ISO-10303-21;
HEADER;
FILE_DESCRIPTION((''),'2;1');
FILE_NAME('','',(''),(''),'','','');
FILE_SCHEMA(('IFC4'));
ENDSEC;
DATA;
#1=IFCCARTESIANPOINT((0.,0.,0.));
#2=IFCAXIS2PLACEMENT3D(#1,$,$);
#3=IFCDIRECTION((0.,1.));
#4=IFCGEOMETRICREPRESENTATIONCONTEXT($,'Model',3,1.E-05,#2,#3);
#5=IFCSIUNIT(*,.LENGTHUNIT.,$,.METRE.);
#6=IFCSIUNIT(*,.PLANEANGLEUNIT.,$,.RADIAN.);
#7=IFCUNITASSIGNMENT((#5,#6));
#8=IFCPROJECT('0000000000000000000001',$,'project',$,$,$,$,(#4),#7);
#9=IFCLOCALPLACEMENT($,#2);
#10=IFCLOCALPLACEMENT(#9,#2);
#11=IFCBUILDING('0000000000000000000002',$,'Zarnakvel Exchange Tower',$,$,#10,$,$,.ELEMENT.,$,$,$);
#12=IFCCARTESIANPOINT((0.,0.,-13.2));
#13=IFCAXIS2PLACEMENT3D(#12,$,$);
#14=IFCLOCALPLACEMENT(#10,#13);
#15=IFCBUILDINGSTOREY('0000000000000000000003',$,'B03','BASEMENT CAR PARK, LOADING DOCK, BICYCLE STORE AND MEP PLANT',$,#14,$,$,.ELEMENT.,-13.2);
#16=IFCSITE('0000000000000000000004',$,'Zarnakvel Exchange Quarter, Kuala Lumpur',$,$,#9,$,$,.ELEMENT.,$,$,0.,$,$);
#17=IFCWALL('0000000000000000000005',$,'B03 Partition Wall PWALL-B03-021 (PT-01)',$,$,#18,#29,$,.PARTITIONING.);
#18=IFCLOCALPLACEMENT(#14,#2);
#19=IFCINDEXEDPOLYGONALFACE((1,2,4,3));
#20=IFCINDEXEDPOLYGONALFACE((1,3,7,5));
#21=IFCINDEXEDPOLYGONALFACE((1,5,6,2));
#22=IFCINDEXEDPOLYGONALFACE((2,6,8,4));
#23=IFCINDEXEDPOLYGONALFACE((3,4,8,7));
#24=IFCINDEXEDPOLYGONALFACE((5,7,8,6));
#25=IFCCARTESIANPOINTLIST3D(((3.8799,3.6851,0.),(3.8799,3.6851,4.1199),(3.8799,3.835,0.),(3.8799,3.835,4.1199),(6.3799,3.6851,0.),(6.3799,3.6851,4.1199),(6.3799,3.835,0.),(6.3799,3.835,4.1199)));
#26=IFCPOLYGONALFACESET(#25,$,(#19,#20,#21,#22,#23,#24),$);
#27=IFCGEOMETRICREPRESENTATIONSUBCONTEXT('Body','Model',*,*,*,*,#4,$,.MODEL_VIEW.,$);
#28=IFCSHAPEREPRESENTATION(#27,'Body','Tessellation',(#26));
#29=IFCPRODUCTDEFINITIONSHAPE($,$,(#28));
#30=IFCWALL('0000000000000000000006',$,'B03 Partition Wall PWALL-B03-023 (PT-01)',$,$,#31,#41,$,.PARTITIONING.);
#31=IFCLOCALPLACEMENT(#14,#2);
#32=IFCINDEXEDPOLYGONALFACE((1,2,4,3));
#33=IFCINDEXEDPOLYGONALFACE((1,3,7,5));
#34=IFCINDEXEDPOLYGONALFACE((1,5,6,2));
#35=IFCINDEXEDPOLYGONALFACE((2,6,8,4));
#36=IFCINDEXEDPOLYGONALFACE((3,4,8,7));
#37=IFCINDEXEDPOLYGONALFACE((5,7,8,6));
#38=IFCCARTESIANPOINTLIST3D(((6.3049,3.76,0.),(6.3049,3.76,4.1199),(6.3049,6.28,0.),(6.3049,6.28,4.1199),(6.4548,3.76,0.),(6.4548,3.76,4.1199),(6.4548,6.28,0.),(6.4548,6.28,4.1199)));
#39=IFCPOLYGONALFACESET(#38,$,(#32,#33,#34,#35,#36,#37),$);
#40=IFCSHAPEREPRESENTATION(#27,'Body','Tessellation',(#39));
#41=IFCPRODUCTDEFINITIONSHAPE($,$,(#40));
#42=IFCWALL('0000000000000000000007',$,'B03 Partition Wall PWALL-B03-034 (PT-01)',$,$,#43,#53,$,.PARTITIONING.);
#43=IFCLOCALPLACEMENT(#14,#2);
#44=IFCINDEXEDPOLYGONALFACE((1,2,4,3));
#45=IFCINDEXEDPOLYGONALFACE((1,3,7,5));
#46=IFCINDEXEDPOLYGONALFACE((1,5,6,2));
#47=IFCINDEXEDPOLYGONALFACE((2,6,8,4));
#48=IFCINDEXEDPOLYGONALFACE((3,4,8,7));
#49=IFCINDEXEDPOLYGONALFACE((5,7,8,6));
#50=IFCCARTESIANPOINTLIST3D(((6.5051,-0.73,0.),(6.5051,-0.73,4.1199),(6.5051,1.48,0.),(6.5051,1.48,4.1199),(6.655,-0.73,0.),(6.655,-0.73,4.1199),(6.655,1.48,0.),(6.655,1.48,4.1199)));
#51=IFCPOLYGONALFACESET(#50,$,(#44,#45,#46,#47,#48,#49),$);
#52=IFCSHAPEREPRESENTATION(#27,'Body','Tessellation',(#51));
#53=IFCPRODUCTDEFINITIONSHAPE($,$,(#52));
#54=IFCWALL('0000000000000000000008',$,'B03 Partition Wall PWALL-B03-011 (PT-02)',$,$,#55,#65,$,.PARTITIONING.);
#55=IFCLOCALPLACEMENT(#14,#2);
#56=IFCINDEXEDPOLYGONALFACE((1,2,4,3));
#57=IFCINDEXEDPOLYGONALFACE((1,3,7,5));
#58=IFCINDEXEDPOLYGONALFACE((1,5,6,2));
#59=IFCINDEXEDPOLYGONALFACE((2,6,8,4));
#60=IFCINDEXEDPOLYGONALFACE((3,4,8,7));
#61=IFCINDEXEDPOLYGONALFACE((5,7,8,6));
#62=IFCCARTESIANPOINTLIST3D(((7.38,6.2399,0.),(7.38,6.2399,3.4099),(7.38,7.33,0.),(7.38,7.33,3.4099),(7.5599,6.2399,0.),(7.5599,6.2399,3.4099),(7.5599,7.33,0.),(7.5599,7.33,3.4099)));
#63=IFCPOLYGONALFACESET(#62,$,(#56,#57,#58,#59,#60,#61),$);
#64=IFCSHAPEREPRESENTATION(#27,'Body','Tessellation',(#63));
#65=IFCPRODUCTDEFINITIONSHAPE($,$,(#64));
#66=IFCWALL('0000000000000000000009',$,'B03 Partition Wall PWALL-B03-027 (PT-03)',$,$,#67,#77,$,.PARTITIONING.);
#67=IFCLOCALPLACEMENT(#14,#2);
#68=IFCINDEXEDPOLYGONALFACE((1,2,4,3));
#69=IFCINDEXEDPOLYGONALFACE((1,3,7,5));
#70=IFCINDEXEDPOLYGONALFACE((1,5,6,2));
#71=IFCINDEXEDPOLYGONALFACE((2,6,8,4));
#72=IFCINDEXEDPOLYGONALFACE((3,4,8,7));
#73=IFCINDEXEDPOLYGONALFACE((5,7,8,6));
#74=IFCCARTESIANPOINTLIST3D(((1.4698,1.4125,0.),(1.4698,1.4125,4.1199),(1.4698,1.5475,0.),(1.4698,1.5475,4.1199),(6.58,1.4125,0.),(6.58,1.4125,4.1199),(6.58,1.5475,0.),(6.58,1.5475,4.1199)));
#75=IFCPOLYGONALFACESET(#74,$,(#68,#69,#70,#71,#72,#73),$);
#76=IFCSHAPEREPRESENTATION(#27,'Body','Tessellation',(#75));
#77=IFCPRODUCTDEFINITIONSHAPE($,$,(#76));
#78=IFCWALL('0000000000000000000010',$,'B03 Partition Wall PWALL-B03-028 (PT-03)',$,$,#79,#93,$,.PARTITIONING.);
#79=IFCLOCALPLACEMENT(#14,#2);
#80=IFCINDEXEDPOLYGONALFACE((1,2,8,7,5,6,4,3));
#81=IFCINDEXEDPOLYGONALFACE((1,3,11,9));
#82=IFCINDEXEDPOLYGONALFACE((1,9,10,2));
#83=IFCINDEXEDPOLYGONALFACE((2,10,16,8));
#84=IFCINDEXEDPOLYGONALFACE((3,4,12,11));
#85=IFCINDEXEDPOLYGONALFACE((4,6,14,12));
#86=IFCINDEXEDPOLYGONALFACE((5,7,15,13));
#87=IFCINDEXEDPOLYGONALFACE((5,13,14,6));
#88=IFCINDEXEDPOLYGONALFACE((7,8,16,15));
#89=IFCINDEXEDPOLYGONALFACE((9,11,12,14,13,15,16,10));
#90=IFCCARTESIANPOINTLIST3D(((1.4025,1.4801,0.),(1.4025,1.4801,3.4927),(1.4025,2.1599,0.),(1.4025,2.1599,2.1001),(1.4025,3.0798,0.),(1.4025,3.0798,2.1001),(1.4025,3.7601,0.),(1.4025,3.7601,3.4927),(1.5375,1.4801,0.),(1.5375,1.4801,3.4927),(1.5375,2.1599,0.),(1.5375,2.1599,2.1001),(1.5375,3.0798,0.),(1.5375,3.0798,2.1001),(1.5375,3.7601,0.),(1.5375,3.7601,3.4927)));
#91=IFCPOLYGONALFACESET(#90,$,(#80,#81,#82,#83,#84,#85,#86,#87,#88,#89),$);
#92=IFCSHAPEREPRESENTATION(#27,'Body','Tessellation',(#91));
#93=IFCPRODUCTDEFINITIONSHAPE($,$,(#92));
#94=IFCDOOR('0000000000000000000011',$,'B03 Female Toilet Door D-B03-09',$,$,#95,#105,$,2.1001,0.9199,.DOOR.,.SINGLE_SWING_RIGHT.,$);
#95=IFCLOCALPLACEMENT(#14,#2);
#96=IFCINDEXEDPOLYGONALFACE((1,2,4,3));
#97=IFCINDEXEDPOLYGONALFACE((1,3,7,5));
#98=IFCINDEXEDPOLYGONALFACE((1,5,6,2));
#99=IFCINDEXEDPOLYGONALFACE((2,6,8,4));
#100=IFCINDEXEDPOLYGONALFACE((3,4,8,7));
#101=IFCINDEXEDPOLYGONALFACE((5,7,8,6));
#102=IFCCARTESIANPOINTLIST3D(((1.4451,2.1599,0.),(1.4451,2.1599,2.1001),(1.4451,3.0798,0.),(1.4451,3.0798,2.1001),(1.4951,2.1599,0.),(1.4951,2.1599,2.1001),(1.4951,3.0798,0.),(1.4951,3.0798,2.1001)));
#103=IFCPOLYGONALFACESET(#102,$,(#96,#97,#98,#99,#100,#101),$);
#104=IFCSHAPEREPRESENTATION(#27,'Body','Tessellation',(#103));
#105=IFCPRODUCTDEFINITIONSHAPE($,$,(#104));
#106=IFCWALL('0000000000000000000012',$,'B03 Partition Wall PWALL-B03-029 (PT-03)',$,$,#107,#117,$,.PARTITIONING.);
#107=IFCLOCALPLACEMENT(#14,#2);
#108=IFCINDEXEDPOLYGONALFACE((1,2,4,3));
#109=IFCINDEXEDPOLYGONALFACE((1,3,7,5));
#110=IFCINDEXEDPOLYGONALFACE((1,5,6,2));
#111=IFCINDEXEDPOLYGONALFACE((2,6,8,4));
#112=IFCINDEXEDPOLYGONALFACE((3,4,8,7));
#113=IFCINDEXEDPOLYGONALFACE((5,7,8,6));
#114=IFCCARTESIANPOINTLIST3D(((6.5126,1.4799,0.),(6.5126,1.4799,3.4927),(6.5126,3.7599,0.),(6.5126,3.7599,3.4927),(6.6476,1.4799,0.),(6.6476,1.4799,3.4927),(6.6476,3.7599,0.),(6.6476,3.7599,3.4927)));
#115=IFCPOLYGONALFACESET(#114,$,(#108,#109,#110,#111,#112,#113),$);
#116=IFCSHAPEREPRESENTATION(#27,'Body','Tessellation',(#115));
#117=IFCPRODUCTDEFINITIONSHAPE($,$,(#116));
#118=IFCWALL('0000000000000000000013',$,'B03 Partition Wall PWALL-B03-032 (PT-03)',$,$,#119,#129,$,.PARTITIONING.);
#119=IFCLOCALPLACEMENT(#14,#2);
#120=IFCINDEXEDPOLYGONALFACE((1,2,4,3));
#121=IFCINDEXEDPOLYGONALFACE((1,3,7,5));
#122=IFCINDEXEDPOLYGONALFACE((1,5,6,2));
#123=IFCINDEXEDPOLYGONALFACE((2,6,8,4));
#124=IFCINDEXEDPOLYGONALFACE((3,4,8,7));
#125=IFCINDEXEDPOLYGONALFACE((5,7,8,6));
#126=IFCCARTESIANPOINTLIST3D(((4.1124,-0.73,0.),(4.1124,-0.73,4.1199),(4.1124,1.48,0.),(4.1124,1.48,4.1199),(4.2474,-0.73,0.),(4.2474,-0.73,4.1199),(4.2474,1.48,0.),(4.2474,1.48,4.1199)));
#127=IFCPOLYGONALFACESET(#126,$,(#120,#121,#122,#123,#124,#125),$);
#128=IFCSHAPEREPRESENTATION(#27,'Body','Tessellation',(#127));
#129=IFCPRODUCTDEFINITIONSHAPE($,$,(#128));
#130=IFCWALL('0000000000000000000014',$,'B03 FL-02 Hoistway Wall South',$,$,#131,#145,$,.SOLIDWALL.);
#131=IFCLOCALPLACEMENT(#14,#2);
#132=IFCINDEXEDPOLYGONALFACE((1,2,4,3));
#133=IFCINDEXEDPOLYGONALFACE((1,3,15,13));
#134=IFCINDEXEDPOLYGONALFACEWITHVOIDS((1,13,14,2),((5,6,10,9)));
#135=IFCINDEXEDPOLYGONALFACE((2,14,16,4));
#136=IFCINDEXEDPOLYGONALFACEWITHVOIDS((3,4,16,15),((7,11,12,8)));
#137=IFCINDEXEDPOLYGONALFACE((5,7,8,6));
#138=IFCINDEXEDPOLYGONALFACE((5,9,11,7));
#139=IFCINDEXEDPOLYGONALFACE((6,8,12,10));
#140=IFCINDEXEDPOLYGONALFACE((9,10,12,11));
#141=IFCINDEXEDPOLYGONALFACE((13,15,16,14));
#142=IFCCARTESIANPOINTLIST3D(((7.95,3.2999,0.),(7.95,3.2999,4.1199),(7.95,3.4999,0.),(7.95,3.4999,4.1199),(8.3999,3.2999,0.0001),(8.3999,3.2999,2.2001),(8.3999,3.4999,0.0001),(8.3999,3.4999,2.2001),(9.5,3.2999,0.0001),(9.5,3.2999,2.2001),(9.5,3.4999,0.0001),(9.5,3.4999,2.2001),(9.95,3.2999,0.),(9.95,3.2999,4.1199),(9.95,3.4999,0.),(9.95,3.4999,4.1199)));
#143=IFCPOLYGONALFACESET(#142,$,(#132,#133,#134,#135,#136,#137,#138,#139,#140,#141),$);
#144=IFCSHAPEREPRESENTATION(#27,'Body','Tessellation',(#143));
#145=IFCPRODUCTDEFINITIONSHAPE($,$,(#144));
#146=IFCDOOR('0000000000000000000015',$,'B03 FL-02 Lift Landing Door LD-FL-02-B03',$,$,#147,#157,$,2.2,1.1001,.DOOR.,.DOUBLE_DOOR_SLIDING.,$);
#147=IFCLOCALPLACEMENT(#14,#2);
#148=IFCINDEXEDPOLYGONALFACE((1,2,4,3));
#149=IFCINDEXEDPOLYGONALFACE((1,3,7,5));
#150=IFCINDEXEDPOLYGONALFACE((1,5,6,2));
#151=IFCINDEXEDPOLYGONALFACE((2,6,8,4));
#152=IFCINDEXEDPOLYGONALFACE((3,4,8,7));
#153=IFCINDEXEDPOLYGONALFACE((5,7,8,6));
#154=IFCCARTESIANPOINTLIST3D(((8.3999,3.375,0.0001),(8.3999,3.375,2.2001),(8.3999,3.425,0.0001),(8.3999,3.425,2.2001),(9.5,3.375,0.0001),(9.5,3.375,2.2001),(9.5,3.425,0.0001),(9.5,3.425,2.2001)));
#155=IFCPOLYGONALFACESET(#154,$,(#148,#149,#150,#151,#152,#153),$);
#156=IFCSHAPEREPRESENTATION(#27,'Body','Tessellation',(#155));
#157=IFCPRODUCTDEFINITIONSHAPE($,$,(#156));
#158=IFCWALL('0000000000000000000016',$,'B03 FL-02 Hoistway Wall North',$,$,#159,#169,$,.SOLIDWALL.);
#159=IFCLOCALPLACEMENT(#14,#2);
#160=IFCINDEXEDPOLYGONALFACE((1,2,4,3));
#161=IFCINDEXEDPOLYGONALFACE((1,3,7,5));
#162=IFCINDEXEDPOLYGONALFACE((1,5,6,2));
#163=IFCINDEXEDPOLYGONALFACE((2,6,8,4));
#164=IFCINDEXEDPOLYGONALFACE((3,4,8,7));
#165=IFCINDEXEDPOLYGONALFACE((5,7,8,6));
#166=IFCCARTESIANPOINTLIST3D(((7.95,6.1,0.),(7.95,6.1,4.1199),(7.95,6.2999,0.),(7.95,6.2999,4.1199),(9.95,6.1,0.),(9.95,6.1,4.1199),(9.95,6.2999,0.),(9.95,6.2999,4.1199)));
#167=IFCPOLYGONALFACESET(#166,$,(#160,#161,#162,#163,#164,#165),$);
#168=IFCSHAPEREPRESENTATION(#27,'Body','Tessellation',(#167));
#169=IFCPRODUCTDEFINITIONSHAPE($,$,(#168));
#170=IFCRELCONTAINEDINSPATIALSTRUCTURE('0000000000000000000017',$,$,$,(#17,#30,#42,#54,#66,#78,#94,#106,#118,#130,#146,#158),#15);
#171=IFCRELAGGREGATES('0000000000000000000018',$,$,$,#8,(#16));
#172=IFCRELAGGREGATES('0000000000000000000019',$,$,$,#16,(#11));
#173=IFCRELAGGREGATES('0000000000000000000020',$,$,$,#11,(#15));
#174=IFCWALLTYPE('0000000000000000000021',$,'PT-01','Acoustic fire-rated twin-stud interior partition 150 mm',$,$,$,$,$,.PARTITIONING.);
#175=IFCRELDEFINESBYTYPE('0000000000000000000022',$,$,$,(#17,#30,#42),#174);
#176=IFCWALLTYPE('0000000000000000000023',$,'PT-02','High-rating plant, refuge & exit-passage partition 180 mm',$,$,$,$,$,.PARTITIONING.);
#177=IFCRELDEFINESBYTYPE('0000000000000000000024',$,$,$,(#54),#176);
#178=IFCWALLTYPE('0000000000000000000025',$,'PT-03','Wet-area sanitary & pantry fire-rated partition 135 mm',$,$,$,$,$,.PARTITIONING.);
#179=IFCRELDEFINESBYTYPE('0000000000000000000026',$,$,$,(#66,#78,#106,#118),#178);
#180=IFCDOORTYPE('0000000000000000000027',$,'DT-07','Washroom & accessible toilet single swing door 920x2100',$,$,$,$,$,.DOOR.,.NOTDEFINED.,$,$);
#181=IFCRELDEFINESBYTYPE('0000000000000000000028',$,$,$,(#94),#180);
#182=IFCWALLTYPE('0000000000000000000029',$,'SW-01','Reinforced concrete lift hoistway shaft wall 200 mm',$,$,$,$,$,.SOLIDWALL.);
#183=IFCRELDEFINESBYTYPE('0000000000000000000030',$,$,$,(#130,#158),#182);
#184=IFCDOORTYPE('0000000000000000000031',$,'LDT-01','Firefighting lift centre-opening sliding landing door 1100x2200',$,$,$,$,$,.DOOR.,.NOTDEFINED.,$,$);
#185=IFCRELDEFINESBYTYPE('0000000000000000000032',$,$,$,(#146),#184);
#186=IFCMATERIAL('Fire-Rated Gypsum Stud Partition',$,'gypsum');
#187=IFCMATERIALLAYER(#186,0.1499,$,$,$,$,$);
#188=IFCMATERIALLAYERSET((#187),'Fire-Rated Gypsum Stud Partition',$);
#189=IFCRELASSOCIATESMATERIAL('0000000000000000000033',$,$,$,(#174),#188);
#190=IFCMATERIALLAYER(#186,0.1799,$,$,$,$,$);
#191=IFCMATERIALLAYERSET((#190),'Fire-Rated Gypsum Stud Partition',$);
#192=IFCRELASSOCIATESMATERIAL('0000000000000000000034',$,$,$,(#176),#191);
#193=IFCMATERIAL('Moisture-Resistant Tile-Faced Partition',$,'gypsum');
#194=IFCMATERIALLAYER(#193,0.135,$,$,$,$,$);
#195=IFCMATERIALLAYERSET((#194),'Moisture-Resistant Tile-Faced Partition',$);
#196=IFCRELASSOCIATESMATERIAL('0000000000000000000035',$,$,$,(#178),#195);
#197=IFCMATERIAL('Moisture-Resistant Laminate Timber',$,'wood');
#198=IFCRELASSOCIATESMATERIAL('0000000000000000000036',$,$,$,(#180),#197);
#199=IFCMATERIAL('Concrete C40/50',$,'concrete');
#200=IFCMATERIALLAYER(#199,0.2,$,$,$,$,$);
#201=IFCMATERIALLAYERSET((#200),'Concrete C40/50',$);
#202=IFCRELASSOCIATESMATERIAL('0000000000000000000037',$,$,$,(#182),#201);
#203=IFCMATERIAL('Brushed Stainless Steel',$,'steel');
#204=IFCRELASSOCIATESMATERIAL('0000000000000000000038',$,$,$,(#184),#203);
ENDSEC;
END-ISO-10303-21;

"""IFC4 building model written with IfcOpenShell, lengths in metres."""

from ifc_helpers import new_model, si_unit, direction, frame, frame_2d, origin, place, context, subcontext, project, spatial, rectangle, extrude, source, transform, mapped, material, layer, layer_set, type_object, element, fill, save


model = new_model("IFC4")

# Units and contexts
model_context = context("Model", 3, precision=1e-05, world=origin(), true_north=direction((0.0, 1.0)))
body_context = subcontext(model_context, "Body", "Model", "MODEL_VIEW")
ifc_project = project(units=[si_unit("LENGTHUNIT", "METRE"), si_unit("PLANEANGLEUNIT", "RADIAN")], contexts=[model_context])

# Site, building, storey
site_placement = place(None, origin())
site = spatial("IfcSite", under=ifc_project, at=site_placement, Name="Zarnakvel Exchange Quarter, Kuala Lumpur", CompositionType="ELEMENT", RefElevation=0.0)
building_placement = place(site_placement, origin())
building = spatial("IfcBuilding", under=site, at=building_placement, Name="Zarnakvel Exchange Tower", CompositionType="ELEMENT")
storey_placement = place(building_placement, frame((0.0, 0.0, -13.2)))
storey = spatial("IfcBuildingStorey", under=building, at=storey_placement, Name="B03", Description="BASEMENT CAR PARK, LOADING DOCK, BICYCLE STORE AND MEP PLANT", CompositionType="ELEMENT", Elevation=-13.2)

# Shared definitions
ifc_material_1 = material(Name="Fire-Rated Gypsum Stud Partition", Category="gypsum")
ifc_layer_1 = layer(ifc_material_1, 0.1499)
ifc_layer_set_1 = layer_set([ifc_layer_1], Name="Fire-Rated Gypsum Stud Partition")
wall_type_1 = type_object("IfcWallType", Name="PT-01", Description="Acoustic fire-rated twin-stud interior partition 150 mm", PredefinedType="PARTITIONING", material=ifc_layer_set_1)

# Wall
wall_1_placement = place(storey_placement, frame((6.3799, 3.76, 0.0), z_axis=(0.0, 0.0, 1.0), x_axis=(-1.0, 0.0, 0.0)))
element("IfcWall", 1, at=wall_1_placement, inside=storey, type_object=wall_type_1, Name="B03 Partition Wall PWALL-B03-021 (PT-01)", PredefinedType="PARTITIONING", context=body_context, shape_type="SweptSolid", body=[
    extrude(rectangle(XDim=2.5, YDim=0.1499, at=frame_2d((1.25, 0.0))), origin(), (0.0, 0.0, 1.0), 4.1199),
])

# Walls
wall_2_placement = place(storey_placement, frame((6.3799, 6.28, 0.0), z_axis=(0.0, 0.0, 1.0), x_axis=(0.0, -1.0, 0.0)))
element("IfcWall", 2, at=wall_2_placement, inside=storey, type_object=wall_type_1, Name="B03 Partition Wall PWALL-B03-023 (PT-01)", PredefinedType="PARTITIONING", context=body_context, shape_type="SweptSolid", body=[
    extrude(rectangle(XDim=2.52, YDim=0.1499, at=frame_2d((1.26, 0.0))), origin(), (0.0, 0.0, 1.0), 4.1199),
])
wall_3_placement = place(storey_placement, frame((6.5801, 1.48, 0.0), z_axis=(0.0, 0.0, 1.0), x_axis=(0.0, -1.0, 0.0)))
element("IfcWall", 3, at=wall_3_placement, inside=storey, type_object=wall_type_1, Name="B03 Partition Wall PWALL-B03-034 (PT-01)", PredefinedType="PARTITIONING", context=body_context, shape_type="SweptSolid", body=[
    extrude(rectangle(XDim=2.21, YDim=0.1499, at=frame_2d((1.105, 0.0))), origin(), (0.0, 0.0, 1.0), 4.1199),
])
ifc_layer_2 = layer(ifc_material_1, 0.1799)
ifc_layer_set_2 = layer_set([ifc_layer_2], Name="Fire-Rated Gypsum Stud Partition")
wall_type_2 = type_object("IfcWallType", Name="PT-02", Description="High-rating plant, refuge & exit-passage partition 180 mm", PredefinedType="PARTITIONING", material=ifc_layer_set_2)
wall_4_placement = place(storey_placement, frame((7.47, 6.24, 0.0), z_axis=(0.0, 0.0, 1.0), x_axis=(0.0, 1.0, 0.0)))
element("IfcWall", 4, at=wall_4_placement, inside=storey, type_object=wall_type_2, Name="B03 Partition Wall PWALL-B03-011 (PT-02)", PredefinedType="PARTITIONING", context=body_context, shape_type="SweptSolid", body=[
    extrude(rectangle(XDim=1.0901, YDim=0.1799, at=frame_2d((0.5449, 0.0))), origin(), (0.0, 0.0, 1.0), 3.4099),
])
ifc_material_2 = material(Name="Moisture-Resistant Tile-Faced Partition", Category="gypsum")
ifc_layer_3 = layer(ifc_material_2, 0.135)
ifc_layer_set_3 = layer_set([ifc_layer_3], Name="Moisture-Resistant Tile-Faced Partition")
wall_type_3 = type_object("IfcWallType", Name="PT-03", Description="Wet-area sanitary & pantry fire-rated partition 135 mm", PredefinedType="PARTITIONING", material=ifc_layer_set_3)
wall_5_placement = place(storey_placement, frame((6.5801, 1.48, 0.0), z_axis=(0.0, 0.0, 1.0), x_axis=(-1.0, 0.0, 0.0)))
element("IfcWall", 5, at=wall_5_placement, inside=storey, type_object=wall_type_3, Name="B03 Partition Wall PWALL-B03-027 (PT-03)", PredefinedType="PARTITIONING", context=body_context, shape_type="SweptSolid", body=[
    extrude(rectangle(XDim=5.1101, YDim=0.135, at=frame_2d((2.5552, 0.0))), origin(), (0.0, 0.0, 1.0), 4.1199),
])

# Wall, opening, door
wall_6_placement = place(storey_placement, frame((1.47, 1.48, 0.0), z_axis=(0.0, 0.0, 1.0), x_axis=(0.0, 1.0, 0.0)))
wall_6 = element("IfcWall", 6, at=wall_6_placement, inside=storey, type_object=wall_type_3, Name="B03 Partition Wall PWALL-B03-028 (PT-03)", PredefinedType="PARTITIONING", context=body_context, shape_type="SweptSolid", body=[
    extrude(rectangle(XDim=2.28, YDim=0.135, at=frame_2d((1.1401, 0.0))), origin(), (0.0, 0.0, 1.0), 3.4927),
])
opening_1_placement = place(wall_6_placement, frame((0.6799, 0.0, 0.0)))
opening_1 = element("IfcOpeningElement", 7, at=opening_1_placement, cuts=wall_6, PredefinedType="OPENING", context=body_context, shape_type="SweptSolid", body=[
    extrude(rectangle(XDim=0.9199, YDim=2.1001, at=frame_2d((0.46, 1.05))), frame((0.0, 0.0774, 0.0), z_axis=(0.0, -1.0, 0.0), x_axis=(1.0, 0.0, 0.0)), (0.0, 0.0, 1.0), 0.155),
])
ifc_material_3 = material(Name="Moisture-Resistant Laminate Timber", Category="wood")
door_type_1 = type_object("IfcDoorType", Name="DT-07", Description="Washroom & accessible toilet single swing door 920x2100", OperationType="NOTDEFINED", PredefinedType="DOOR", material=ifc_material_3)
shared_shape_1 = source(origin(), body_context, "Body", "SweptSolid", [
    extrude(rectangle(XDim=0.9199, YDim=2.1001, at=frame_2d((0.46, 1.05))), frame((0.0, 0.0249, 0.0), z_axis=(0.0, -1.0, 0.0), x_axis=(1.0, 0.0, 0.0)), (0.0, 0.0, 1.0), 0.05),
])
door_1_placement = place(opening_1_placement, origin())
door_1 = element("IfcDoor", 8, at=door_1_placement, inside=storey, type_object=door_type_1, Name="B03 Female Toilet Door D-B03-09", OperationType="SINGLE_SWING_RIGHT", OverallHeight=2.1001, OverallWidth=0.9199, PredefinedType="DOOR", context=body_context, shape_type="MappedRepresentation", body=[
    mapped(shared_shape_1, transform((0.0, 0.0, 0.0), x_axis=(1.0, 0.0, 0.0), y_axis=(0.0, 1.0, 0.0), z_axis=(0.0, 0.0, 1.0), scale=1.0)),
])
fill(opening_1, door_1)

# Walls
wall_7_placement = place(storey_placement, frame((6.5801, 3.76, 0.0), z_axis=(0.0, 0.0, 1.0), x_axis=(0.0, -1.0, 0.0)))
element("IfcWall", 9, at=wall_7_placement, inside=storey, type_object=wall_type_3, Name="B03 Partition Wall PWALL-B03-029 (PT-03)", PredefinedType="PARTITIONING", context=body_context, shape_type="SweptSolid", body=[
    extrude(rectangle(XDim=2.28, YDim=0.135, at=frame_2d((1.1401, 0.0))), origin(), (0.0, 0.0, 1.0), 3.4927),
])
wall_8_placement = place(storey_placement, frame((4.1799, 1.48, 0.0), z_axis=(0.0, 0.0, 1.0), x_axis=(0.0, -1.0, 0.0)))
element("IfcWall", 10, at=wall_8_placement, inside=storey, type_object=wall_type_3, Name="B03 Partition Wall PWALL-B03-032 (PT-03)", PredefinedType="PARTITIONING", context=body_context, shape_type="SweptSolid", body=[
    extrude(rectangle(XDim=2.21, YDim=0.135, at=frame_2d((1.105, 0.0))), origin(), (0.0, 0.0, 1.0), 4.1199),
])

# Wall, opening, door
ifc_material_4 = material(Name="Concrete C40/50", Category="concrete")
ifc_layer_4 = layer(ifc_material_4, 0.2)
ifc_layer_set_4 = layer_set([ifc_layer_4], Name="Concrete C40/50")
wall_type_4 = type_object("IfcWallType", Name="SW-01", Description="Reinforced concrete lift hoistway shaft wall 200 mm", PredefinedType="SOLIDWALL", material=ifc_layer_set_4)
wall_9_placement = place(storey_placement, frame((9.95, 3.3999, 0.0), z_axis=(0.0, 0.0, 1.0), x_axis=(-1.0, 0.0, 0.0)))
wall_9 = element("IfcWall", 11, at=wall_9_placement, inside=storey, type_object=wall_type_4, Name="B03 FL-02 Hoistway Wall South", PredefinedType="SOLIDWALL", context=body_context, shape_type="SweptSolid", body=[
    extrude(rectangle(XDim=2.0, YDim=0.2, at=frame_2d((1.0, 0.0))), origin(), (0.0, 0.0, 1.0), 4.1199),
])
opening_2_placement = place(wall_9_placement, frame((0.45, 0.0, 0.0)))
opening_2 = element("IfcOpeningElement", 12, at=opening_2_placement, cuts=wall_9, PredefinedType="OPENING", context=body_context, shape_type="SweptSolid", body=[
    extrude(rectangle(XDim=1.1001, YDim=2.2, at=frame_2d((0.55, 1.1001))), frame((0.0, 0.1099, 0.0), z_axis=(0.0, -1.0, 0.0), x_axis=(1.0, 0.0, 0.0)), (0.0, 0.0, 1.0), 0.22),
])
ifc_material_5 = material(Name="Brushed Stainless Steel", Category="steel")
door_type_2 = type_object("IfcDoorType", Name="LDT-01", Description="Firefighting lift centre-opening sliding landing door 1100x2200", OperationType="NOTDEFINED", PredefinedType="DOOR", material=ifc_material_5)
shared_shape_2 = source(origin(), body_context, "Body", "SweptSolid", [
    extrude(rectangle(XDim=1.1001, YDim=2.2, at=frame_2d((0.55, 1.1001))), frame((0.0, 0.0249, 0.0), z_axis=(0.0, -1.0, 0.0), x_axis=(1.0, 0.0, 0.0)), (0.0, 0.0, 1.0), 0.05),
])
door_2_placement = place(opening_2_placement, origin())
door_2 = element("IfcDoor", 13, at=door_2_placement, inside=storey, type_object=door_type_2, Name="B03 FL-02 Lift Landing Door LD-FL-02-B03", OperationType="DOUBLE_DOOR_SLIDING", OverallHeight=2.2, OverallWidth=1.1001, PredefinedType="DOOR", context=body_context, shape_type="MappedRepresentation", body=[
    mapped(shared_shape_2, transform((0.0, 0.0, 0.0), x_axis=(1.0, 0.0, 0.0), y_axis=(0.0, 1.0, 0.0), z_axis=(0.0, 0.0, 1.0), scale=1.0)),
])
fill(opening_2, door_2)

# Wall
wall_10_placement = place(storey_placement, frame((7.95, 6.2, 0.0), z_axis=(0.0, 0.0, 1.0), x_axis=(1.0, 0.0, 0.0)))
element("IfcWall", 14, at=wall_10_placement, inside=storey, type_object=wall_type_4, Name="B03 FL-02 Hoistway Wall North", PredefinedType="SOLIDWALL", context=body_context, shape_type="SweptSolid", body=[
    extrude(rectangle(XDim=2.0, YDim=0.2, at=frame_2d((1.0, 0.0))), origin(), (0.0, 0.0, 1.0), 4.1199),
])

save(model, "model.ifc")
